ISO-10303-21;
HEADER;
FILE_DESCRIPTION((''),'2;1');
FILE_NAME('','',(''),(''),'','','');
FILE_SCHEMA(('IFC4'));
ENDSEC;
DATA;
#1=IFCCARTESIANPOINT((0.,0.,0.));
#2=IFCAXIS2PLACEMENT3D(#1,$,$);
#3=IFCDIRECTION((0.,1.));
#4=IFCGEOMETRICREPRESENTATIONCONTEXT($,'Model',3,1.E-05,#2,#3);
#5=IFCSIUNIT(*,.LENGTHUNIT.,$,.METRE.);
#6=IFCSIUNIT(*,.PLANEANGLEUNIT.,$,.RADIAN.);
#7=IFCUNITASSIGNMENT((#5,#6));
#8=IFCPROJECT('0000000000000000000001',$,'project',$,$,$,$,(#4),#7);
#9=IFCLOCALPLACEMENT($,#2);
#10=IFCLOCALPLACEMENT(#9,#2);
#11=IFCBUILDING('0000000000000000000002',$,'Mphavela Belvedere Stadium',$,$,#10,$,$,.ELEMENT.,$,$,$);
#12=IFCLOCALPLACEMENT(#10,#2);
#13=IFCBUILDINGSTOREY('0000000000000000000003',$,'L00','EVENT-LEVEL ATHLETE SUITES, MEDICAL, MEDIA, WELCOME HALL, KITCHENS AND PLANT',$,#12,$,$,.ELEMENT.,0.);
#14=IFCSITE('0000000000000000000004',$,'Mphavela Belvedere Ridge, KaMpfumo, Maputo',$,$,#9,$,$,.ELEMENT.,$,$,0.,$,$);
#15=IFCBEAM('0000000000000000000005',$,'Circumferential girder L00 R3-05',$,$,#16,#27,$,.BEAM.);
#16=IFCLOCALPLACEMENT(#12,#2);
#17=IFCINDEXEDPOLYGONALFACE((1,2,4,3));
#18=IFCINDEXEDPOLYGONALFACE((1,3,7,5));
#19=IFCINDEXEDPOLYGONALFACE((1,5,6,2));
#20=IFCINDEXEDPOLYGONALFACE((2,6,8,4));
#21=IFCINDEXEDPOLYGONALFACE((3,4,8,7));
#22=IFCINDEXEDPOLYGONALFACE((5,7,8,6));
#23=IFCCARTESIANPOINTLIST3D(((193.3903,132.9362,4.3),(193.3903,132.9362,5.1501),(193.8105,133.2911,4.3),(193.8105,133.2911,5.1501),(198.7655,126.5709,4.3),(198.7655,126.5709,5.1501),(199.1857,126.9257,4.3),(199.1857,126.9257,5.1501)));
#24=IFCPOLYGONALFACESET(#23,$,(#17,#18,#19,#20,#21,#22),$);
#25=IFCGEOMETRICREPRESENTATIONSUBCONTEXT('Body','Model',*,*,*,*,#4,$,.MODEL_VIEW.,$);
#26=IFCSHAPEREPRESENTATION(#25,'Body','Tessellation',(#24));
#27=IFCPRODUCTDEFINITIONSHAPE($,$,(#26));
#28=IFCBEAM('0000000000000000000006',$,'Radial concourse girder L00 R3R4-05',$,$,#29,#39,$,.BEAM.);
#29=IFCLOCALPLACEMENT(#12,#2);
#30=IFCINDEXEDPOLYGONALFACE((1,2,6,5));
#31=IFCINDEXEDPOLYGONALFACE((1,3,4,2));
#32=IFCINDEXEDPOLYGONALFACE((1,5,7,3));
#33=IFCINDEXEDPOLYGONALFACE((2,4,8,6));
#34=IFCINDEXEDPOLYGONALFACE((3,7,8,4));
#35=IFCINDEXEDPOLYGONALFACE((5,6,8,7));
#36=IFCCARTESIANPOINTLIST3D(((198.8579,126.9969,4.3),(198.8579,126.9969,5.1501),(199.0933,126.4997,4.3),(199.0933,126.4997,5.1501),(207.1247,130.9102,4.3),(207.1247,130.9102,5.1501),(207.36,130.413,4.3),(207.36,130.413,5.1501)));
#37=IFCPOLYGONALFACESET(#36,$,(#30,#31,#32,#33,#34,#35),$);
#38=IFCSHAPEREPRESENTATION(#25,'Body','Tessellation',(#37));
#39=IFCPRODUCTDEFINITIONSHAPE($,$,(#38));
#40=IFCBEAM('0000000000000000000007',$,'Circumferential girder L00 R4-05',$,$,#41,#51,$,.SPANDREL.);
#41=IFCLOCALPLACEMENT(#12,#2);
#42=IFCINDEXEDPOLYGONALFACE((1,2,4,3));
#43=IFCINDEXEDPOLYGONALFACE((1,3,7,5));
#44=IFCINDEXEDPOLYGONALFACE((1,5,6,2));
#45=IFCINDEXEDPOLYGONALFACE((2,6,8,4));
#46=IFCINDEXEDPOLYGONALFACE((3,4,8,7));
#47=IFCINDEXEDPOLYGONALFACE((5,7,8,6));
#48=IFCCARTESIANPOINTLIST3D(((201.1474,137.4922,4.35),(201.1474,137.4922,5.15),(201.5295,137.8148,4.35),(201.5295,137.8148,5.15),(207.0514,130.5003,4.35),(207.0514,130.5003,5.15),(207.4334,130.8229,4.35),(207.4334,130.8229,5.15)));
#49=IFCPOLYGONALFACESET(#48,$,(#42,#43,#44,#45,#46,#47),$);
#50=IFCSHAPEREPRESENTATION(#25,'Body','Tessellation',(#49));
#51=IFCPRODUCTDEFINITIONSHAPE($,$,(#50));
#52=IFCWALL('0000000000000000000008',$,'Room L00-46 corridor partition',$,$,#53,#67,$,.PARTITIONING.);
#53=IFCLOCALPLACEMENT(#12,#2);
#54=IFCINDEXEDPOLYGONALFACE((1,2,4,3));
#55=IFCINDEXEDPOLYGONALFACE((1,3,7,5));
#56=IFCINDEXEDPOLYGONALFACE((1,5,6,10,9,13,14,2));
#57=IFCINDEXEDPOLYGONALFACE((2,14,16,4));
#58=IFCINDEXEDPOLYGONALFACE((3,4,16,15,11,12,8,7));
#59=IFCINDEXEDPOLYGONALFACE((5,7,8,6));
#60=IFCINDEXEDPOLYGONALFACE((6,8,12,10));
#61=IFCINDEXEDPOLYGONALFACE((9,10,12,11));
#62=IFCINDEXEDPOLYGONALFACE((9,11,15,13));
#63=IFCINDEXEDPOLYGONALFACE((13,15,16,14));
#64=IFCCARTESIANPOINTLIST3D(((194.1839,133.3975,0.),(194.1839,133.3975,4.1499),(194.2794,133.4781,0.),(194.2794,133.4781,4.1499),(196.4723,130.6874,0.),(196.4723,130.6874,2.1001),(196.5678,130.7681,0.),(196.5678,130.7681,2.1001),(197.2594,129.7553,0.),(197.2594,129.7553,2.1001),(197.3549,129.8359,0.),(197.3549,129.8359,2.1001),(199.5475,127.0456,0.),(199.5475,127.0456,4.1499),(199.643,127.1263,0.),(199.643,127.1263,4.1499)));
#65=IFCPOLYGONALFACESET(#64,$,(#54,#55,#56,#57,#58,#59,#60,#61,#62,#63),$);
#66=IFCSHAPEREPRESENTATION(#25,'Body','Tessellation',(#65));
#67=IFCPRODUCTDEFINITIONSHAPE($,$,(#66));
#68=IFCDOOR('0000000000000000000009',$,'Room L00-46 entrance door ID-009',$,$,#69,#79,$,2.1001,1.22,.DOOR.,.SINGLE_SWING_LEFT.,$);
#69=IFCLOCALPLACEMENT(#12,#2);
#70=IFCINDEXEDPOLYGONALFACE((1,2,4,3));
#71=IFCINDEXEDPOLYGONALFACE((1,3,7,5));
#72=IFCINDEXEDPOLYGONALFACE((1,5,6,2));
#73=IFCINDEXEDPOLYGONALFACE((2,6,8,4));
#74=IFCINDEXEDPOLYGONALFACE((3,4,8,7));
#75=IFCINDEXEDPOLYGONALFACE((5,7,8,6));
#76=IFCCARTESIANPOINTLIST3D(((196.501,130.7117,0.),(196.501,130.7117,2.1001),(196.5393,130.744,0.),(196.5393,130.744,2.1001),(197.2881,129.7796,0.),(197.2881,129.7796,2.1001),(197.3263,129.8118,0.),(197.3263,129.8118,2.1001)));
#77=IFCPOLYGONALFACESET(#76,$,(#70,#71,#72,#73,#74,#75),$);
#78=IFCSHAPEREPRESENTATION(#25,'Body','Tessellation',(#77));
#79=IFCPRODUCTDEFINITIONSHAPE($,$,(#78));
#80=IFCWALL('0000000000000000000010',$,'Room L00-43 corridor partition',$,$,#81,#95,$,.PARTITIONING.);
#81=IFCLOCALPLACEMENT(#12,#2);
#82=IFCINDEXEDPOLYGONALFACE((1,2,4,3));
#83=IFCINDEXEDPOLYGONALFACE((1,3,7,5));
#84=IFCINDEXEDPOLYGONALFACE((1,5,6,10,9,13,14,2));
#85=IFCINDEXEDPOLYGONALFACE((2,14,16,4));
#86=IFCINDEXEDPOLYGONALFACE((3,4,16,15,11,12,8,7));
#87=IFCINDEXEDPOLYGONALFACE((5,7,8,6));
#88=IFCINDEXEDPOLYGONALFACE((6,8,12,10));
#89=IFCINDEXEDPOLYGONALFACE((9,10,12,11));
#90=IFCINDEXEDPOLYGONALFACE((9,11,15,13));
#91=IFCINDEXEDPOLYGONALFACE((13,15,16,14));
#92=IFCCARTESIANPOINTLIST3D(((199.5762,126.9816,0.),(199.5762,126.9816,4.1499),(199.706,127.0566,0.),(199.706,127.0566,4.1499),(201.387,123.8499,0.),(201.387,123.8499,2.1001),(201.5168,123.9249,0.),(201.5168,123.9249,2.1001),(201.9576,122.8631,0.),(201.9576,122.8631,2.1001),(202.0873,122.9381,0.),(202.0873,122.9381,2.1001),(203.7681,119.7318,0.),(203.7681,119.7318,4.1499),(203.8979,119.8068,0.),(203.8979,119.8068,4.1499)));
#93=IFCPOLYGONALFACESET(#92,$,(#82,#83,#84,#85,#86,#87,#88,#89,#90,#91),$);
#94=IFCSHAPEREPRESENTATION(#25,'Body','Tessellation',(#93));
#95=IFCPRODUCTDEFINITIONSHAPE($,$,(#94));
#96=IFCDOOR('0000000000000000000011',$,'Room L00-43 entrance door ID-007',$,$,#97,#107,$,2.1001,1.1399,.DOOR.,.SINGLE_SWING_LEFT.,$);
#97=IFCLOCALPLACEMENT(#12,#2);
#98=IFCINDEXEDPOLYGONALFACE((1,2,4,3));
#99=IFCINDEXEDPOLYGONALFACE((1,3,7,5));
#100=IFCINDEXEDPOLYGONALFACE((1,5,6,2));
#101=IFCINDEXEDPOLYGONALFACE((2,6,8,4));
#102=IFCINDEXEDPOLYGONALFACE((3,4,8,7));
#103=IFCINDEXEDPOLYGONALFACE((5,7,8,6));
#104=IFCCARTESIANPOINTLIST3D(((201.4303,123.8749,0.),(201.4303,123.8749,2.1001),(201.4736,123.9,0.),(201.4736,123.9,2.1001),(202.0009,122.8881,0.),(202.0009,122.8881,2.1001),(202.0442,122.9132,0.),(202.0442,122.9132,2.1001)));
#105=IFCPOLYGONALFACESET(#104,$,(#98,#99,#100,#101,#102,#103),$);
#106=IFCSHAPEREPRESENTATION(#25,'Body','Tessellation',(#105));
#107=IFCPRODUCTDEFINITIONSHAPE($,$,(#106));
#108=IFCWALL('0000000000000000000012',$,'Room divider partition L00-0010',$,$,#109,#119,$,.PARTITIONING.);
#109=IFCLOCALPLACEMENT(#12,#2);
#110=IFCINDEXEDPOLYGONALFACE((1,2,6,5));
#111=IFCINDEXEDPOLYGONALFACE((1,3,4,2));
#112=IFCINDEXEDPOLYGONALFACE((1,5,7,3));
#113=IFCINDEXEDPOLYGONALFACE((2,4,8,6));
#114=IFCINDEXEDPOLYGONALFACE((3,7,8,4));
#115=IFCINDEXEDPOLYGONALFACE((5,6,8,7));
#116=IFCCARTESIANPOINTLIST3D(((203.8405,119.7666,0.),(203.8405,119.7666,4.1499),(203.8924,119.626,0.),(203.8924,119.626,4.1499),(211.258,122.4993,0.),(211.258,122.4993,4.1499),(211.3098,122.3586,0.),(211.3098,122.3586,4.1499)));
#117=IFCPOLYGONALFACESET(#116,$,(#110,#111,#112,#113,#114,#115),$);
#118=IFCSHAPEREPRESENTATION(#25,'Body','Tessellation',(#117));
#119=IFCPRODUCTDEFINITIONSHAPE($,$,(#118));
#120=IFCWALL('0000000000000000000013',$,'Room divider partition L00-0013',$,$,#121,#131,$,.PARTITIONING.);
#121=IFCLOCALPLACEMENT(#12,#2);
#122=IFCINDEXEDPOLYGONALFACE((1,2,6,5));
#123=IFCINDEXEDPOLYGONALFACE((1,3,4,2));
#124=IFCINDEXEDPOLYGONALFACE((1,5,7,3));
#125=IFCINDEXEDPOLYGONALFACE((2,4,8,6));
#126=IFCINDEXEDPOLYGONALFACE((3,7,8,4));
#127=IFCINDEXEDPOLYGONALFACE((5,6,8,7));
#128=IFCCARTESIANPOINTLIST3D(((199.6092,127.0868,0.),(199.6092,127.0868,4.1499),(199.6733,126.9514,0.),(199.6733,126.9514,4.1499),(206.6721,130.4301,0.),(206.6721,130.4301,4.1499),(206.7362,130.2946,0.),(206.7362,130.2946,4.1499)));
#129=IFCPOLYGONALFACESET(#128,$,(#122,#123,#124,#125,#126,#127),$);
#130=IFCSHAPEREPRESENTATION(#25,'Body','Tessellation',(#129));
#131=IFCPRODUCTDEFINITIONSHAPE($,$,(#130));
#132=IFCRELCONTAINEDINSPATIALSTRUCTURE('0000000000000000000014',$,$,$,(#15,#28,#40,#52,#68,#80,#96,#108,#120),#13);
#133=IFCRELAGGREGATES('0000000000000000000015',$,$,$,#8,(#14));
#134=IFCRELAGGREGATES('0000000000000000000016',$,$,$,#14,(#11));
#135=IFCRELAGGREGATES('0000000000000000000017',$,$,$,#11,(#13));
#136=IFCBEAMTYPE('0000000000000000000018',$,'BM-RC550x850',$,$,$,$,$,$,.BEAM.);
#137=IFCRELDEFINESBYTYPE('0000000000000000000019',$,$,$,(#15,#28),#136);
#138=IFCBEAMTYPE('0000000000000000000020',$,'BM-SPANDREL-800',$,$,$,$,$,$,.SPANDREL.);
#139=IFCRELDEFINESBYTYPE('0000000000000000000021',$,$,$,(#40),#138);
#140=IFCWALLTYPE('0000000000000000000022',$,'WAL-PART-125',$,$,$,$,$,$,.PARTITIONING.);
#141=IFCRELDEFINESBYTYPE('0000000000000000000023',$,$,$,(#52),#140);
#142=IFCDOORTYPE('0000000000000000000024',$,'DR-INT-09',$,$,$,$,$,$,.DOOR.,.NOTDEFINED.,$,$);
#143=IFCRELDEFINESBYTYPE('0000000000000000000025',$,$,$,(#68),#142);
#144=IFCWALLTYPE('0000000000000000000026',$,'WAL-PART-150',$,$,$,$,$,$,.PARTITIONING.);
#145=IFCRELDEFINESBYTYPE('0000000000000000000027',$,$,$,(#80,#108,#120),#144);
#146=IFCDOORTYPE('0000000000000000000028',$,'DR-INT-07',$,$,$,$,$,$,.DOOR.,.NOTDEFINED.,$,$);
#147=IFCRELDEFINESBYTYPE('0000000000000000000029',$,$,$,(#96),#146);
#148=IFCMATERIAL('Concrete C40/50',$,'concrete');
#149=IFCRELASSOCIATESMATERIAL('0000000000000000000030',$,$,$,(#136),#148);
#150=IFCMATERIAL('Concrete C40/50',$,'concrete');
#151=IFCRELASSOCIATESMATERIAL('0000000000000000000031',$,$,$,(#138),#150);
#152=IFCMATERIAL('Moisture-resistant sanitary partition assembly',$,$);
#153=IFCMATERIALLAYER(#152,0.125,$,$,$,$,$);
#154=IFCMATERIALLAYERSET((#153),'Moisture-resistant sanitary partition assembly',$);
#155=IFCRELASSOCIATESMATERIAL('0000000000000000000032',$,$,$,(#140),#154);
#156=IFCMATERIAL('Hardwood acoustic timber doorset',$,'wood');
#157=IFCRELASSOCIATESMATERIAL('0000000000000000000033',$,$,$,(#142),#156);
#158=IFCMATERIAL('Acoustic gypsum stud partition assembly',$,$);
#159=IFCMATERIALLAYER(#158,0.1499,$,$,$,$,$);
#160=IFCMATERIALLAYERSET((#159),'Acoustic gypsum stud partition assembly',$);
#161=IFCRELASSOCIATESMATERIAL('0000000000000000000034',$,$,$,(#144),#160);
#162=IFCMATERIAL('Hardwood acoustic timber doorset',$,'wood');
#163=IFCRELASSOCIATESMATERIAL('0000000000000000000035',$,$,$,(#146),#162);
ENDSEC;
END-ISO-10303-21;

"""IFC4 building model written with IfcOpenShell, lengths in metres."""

from ifc_helpers import new_model, si_unit, direction, frame, frame_2d, origin, origin_2d, place, context, subcontext, project, spatial, rectangle, extrude, material, layer, layer_set, material_profile, profile_set, type_object, element, fill, save


model = new_model("IFC4")

# Units and contexts
model_context = context("Model", 3, precision=1e-05, world=origin(), true_north=direction((0.0, 1.0)))
body_context = subcontext(model_context, "Body", "Model", "MODEL_VIEW")
ifc_project = project(units=[si_unit("LENGTHUNIT", "METRE"), si_unit("PLANEANGLEUNIT", "RADIAN")], contexts=[model_context])

# Site, building, storey
site_placement = place(None, origin())
site = spatial("IfcSite", under=ifc_project, at=site_placement, Name="Mphavela Belvedere Ridge, KaMpfumo, Maputo", CompositionType="ELEMENT", RefElevation=0.0)
building_placement = place(site_placement, origin())
building = spatial("IfcBuilding", under=site, at=building_placement, Name="Mphavela Belvedere Stadium", CompositionType="ELEMENT")
storey_placement = place(building_placement, origin())
storey = spatial("IfcBuildingStorey", under=building, at=storey_placement, Name="L00", Description="EVENT-LEVEL ATHLETE SUITES, MEDICAL, MEDIA, WELCOME HALL, KITCHENS AND PLANT", CompositionType="ELEMENT", Elevation=0.0)

# Beams
ifc_material_1 = material(Name="Concrete C40/50", Category="concrete")
ifc_material_profile_1 = material_profile(ifc_material_1, rectangle(XDim=0.55, YDim=0.8501, at=origin_2d()), Name="RC 550x850")
ifc_profile_set_1 = profile_set([ifc_material_profile_1], Name="Concrete C40/50")
beam_type_1 = type_object("IfcBeamType", Name="BM-RC550x850", PredefinedType="BEAM", material=ifc_profile_set_1)
beam_1_placement = place(storey_placement, frame((198.9756, 126.7483, 4.7251), z_axis=(-0.645177, 0.764033, 0.0), x_axis=(-0.764033, -0.645177, 0.0)))
element("IfcBeam", 1, at=beam_1_placement, inside=storey, type_object=beam_type_1, Name="Circumferential girder L00 R3-05", PredefinedType="BEAM", context=body_context, shape_type="SweptSolid", body=[
    extrude(rectangle(XDim=0.55, YDim=0.8501, at=origin_2d()), origin(), (0.0, 0.0, 1.0), 8.3313),
])
beam_2_placement = place(storey_placement, frame((198.9756, 126.7483, 4.7251), z_axis=(0.903845, 0.427859, 0.0), x_axis=(-0.427859, 0.903845, 0.0)))
element("IfcBeam", 2, at=beam_2_placement, inside=storey, type_object=beam_type_1, Name="Radial concourse girder L00 R3R4-05", PredefinedType="BEAM", context=body_context, shape_type="SweptSolid", body=[
    extrude(rectangle(XDim=0.55, YDim=0.8501, at=origin_2d()), origin(), (0.0, 0.0, 1.0), 9.1462),
])
ifc_material_2 = material(Name="Concrete C40/50", Category="concrete")
ifc_material_profile_2 = material_profile(ifc_material_2, rectangle(XDim=0.5, YDim=0.8, at=origin_2d()), Name="RC 500x800")
ifc_profile_set_2 = profile_set([ifc_material_profile_2], Name="Concrete C40/50")
beam_type_2 = type_object("IfcBeamType", Name="BM-SPANDREL-800", PredefinedType="SPANDREL", material=ifc_profile_set_2)
beam_3_placement = place(storey_placement, frame((207.2424, 130.6616, 4.75), z_axis=(-0.645165, 0.764044, 0.0), x_axis=(-0.764044, -0.645165, 0.0)))
element("IfcBeam", 3, at=beam_3_placement, inside=storey, type_object=beam_type_2, Name="Circumferential girder L00 R4-05", PredefinedType="SPANDREL", context=body_context, shape_type="SweptSolid", body=[
    extrude(rectangle(XDim=0.5, YDim=0.8, at=origin_2d()), origin(), (0.0, 0.0, 1.0), 9.1511),
])

# Walls, openings, doors
ifc_material_3 = material(Name="Moisture-resistant sanitary partition assembly")
ifc_layer_1 = layer(ifc_material_3, 0.125)
ifc_layer_set_1 = layer_set([ifc_layer_1], Name="Moisture-resistant sanitary partition assembly")
wall_type_1 = type_object("IfcWallType", Name="WAL-PART-125", PredefinedType="PARTITIONING", material=ifc_layer_set_1)
wall_1_placement = place(storey_placement, frame((199.5952, 127.0859, 0.0), z_axis=(0.0, 0.0, 1.0), x_axis=(-0.645165, 0.764043, 0.0)))
wall_1 = element("IfcWall", 4, at=wall_1_placement, inside=storey, type_object=wall_type_1, Name="Room L00-46 corridor partition", PredefinedType="PARTITIONING", context=body_context, shape_type="SweptSolid", body=[
    extrude(rectangle(XDim=8.3135, YDim=0.125, at=frame_2d((4.1567, 0.0))), origin(), (0.0, 0.0, 1.0), 4.1499),
])
opening_1_placement = place(wall_1_placement, frame((3.5466, 0.0, 0.0)))
opening_1 = element("IfcOpeningElement", 5, at=opening_1_placement, cuts=wall_1, PredefinedType="OPENING", context=body_context, shape_type="SweptSolid", body=[
    extrude(rectangle(XDim=1.22, YDim=2.1001, at=frame_2d((0.6099, 1.05))), frame((0.0, 0.0725, 0.0), z_axis=(0.0, -1.0, 0.0), x_axis=(1.0, 0.0, 0.0)), (0.0, 0.0, 1.0), 0.145),
])
ifc_material_4 = material(Name="Hardwood acoustic timber doorset", Category="wood")
door_type_1 = type_object("IfcDoorType", Name="DR-INT-09", OperationType="NOTDEFINED", PredefinedType="DOOR", material=ifc_material_4)
door_1_placement = place(opening_1_placement, origin())
door_1 = element("IfcDoor", 6, at=door_1_placement, inside=storey, type_object=door_type_1, Name="Room L00-46 entrance door ID-009", OperationType="SINGLE_SWING_LEFT", OverallHeight=2.1001, OverallWidth=1.22, PredefinedType="DOOR", context=body_context, shape_type="SweptSolid", body=[
    extrude(rectangle(XDim=1.22, YDim=2.1001, at=frame_2d((0.6099, 1.05))), frame((0.0, 0.0249, 0.0), z_axis=(0.0, -1.0, 0.0), x_axis=(1.0, 0.0, 0.0)), (0.0, 0.0, 1.0), 0.05),
])
fill(opening_1, door_1)
ifc_material_5 = material(Name="Acoustic gypsum stud partition assembly")
ifc_layer_2 = layer(ifc_material_5, 0.1499)
ifc_layer_set_2 = layer_set([ifc_layer_2], Name="Acoustic gypsum stud partition assembly")
wall_type_2 = type_object("IfcWallType", Name="WAL-PART-150", PredefinedType="PARTITIONING", material=ifc_layer_set_2)
wall_2_placement = place(storey_placement, frame((203.833, 119.7693, 0.0), z_axis=(0.0, 0.0, 1.0), x_axis=(-0.500559, 0.865702, 0.0)))
wall_2 = element("IfcWall", 7, at=wall_2_placement, inside=storey, type_object=wall_type_2, Name="Room L00-43 corridor partition", PredefinedType="PARTITIONING", context=body_context, shape_type="SweptSolid", body=[
    extrude(rectangle(XDim=8.3745, YDim=0.1499, at=frame_2d((4.1873, 0.0))), origin(), (0.0, 0.0, 1.0), 4.1499),
])
opening_2_placement = place(wall_2_placement, frame((3.6172, 0.0, 0.0)))
opening_2 = element("IfcOpeningElement", 8, at=opening_2_placement, cuts=wall_2, PredefinedType="OPENING", context=body_context, shape_type="SweptSolid", body=[
    extrude(rectangle(XDim=1.1399, YDim=2.1001, at=frame_2d((0.5698, 1.05))), frame((0.0, 0.085, 0.0), z_axis=(0.0, -1.0, 0.0), x_axis=(1.0, 0.0, 0.0)), (0.0, 0.0, 1.0), 0.1699),
])
ifc_material_6 = material(Name="Hardwood acoustic timber doorset", Category="wood")
door_type_2 = type_object("IfcDoorType", Name="DR-INT-07", OperationType="NOTDEFINED", PredefinedType="DOOR", material=ifc_material_6)
door_2_placement = place(opening_2_placement, origin())
door_2 = element("IfcDoor", 9, at=door_2_placement, inside=storey, type_object=door_type_2, Name="Room L00-43 entrance door ID-007", OperationType="SINGLE_SWING_LEFT", OverallHeight=2.1001, OverallWidth=1.1399, PredefinedType="DOOR", context=body_context, shape_type="SweptSolid", body=[
    extrude(rectangle(XDim=1.1399, YDim=2.1001, at=frame_2d((0.5698, 1.05))), frame((0.0, 0.0249, 0.0), z_axis=(0.0, -1.0, 0.0), x_axis=(1.0, 0.0, 0.0)), (0.0, 0.0, 1.0), 0.05),
])
fill(opening_2, door_2)

# Walls
wall_3_placement = place(storey_placement, frame((203.8665, 119.6963, 0.0), z_axis=(0.0, 0.0, 1.0), x_axis=(0.938347, 0.345695, 0.0)))
element("IfcWall", 10, at=wall_3_placement, inside=storey, type_object=wall_type_2, Name="Room divider partition L00-0010", PredefinedType="PARTITIONING", context=body_context, shape_type="SweptSolid", body=[
    extrude(rectangle(XDim=7.9048, YDim=0.1499, at=frame_2d((3.9524, 0.0))), origin(), (0.0, 0.0, 1.0), 4.1499),
])
wall_4_placement = place(storey_placement, frame((199.6411, 127.019, 0.0), z_axis=(0.0, 0.0, 1.0), x_axis=(0.903855, 0.427839, 0.0)))
element("IfcWall", 11, at=wall_4_placement, inside=storey, type_object=wall_type_2, Name="Room divider partition L00-0013", PredefinedType="PARTITIONING", context=body_context, shape_type="SweptSolid", body=[
    extrude(rectangle(XDim=7.8142, YDim=0.1499, at=frame_2d((3.9072, 0.0))), origin(), (0.0, 0.0, 1.0), 4.1499),
])

save(model, "model.ifc")
